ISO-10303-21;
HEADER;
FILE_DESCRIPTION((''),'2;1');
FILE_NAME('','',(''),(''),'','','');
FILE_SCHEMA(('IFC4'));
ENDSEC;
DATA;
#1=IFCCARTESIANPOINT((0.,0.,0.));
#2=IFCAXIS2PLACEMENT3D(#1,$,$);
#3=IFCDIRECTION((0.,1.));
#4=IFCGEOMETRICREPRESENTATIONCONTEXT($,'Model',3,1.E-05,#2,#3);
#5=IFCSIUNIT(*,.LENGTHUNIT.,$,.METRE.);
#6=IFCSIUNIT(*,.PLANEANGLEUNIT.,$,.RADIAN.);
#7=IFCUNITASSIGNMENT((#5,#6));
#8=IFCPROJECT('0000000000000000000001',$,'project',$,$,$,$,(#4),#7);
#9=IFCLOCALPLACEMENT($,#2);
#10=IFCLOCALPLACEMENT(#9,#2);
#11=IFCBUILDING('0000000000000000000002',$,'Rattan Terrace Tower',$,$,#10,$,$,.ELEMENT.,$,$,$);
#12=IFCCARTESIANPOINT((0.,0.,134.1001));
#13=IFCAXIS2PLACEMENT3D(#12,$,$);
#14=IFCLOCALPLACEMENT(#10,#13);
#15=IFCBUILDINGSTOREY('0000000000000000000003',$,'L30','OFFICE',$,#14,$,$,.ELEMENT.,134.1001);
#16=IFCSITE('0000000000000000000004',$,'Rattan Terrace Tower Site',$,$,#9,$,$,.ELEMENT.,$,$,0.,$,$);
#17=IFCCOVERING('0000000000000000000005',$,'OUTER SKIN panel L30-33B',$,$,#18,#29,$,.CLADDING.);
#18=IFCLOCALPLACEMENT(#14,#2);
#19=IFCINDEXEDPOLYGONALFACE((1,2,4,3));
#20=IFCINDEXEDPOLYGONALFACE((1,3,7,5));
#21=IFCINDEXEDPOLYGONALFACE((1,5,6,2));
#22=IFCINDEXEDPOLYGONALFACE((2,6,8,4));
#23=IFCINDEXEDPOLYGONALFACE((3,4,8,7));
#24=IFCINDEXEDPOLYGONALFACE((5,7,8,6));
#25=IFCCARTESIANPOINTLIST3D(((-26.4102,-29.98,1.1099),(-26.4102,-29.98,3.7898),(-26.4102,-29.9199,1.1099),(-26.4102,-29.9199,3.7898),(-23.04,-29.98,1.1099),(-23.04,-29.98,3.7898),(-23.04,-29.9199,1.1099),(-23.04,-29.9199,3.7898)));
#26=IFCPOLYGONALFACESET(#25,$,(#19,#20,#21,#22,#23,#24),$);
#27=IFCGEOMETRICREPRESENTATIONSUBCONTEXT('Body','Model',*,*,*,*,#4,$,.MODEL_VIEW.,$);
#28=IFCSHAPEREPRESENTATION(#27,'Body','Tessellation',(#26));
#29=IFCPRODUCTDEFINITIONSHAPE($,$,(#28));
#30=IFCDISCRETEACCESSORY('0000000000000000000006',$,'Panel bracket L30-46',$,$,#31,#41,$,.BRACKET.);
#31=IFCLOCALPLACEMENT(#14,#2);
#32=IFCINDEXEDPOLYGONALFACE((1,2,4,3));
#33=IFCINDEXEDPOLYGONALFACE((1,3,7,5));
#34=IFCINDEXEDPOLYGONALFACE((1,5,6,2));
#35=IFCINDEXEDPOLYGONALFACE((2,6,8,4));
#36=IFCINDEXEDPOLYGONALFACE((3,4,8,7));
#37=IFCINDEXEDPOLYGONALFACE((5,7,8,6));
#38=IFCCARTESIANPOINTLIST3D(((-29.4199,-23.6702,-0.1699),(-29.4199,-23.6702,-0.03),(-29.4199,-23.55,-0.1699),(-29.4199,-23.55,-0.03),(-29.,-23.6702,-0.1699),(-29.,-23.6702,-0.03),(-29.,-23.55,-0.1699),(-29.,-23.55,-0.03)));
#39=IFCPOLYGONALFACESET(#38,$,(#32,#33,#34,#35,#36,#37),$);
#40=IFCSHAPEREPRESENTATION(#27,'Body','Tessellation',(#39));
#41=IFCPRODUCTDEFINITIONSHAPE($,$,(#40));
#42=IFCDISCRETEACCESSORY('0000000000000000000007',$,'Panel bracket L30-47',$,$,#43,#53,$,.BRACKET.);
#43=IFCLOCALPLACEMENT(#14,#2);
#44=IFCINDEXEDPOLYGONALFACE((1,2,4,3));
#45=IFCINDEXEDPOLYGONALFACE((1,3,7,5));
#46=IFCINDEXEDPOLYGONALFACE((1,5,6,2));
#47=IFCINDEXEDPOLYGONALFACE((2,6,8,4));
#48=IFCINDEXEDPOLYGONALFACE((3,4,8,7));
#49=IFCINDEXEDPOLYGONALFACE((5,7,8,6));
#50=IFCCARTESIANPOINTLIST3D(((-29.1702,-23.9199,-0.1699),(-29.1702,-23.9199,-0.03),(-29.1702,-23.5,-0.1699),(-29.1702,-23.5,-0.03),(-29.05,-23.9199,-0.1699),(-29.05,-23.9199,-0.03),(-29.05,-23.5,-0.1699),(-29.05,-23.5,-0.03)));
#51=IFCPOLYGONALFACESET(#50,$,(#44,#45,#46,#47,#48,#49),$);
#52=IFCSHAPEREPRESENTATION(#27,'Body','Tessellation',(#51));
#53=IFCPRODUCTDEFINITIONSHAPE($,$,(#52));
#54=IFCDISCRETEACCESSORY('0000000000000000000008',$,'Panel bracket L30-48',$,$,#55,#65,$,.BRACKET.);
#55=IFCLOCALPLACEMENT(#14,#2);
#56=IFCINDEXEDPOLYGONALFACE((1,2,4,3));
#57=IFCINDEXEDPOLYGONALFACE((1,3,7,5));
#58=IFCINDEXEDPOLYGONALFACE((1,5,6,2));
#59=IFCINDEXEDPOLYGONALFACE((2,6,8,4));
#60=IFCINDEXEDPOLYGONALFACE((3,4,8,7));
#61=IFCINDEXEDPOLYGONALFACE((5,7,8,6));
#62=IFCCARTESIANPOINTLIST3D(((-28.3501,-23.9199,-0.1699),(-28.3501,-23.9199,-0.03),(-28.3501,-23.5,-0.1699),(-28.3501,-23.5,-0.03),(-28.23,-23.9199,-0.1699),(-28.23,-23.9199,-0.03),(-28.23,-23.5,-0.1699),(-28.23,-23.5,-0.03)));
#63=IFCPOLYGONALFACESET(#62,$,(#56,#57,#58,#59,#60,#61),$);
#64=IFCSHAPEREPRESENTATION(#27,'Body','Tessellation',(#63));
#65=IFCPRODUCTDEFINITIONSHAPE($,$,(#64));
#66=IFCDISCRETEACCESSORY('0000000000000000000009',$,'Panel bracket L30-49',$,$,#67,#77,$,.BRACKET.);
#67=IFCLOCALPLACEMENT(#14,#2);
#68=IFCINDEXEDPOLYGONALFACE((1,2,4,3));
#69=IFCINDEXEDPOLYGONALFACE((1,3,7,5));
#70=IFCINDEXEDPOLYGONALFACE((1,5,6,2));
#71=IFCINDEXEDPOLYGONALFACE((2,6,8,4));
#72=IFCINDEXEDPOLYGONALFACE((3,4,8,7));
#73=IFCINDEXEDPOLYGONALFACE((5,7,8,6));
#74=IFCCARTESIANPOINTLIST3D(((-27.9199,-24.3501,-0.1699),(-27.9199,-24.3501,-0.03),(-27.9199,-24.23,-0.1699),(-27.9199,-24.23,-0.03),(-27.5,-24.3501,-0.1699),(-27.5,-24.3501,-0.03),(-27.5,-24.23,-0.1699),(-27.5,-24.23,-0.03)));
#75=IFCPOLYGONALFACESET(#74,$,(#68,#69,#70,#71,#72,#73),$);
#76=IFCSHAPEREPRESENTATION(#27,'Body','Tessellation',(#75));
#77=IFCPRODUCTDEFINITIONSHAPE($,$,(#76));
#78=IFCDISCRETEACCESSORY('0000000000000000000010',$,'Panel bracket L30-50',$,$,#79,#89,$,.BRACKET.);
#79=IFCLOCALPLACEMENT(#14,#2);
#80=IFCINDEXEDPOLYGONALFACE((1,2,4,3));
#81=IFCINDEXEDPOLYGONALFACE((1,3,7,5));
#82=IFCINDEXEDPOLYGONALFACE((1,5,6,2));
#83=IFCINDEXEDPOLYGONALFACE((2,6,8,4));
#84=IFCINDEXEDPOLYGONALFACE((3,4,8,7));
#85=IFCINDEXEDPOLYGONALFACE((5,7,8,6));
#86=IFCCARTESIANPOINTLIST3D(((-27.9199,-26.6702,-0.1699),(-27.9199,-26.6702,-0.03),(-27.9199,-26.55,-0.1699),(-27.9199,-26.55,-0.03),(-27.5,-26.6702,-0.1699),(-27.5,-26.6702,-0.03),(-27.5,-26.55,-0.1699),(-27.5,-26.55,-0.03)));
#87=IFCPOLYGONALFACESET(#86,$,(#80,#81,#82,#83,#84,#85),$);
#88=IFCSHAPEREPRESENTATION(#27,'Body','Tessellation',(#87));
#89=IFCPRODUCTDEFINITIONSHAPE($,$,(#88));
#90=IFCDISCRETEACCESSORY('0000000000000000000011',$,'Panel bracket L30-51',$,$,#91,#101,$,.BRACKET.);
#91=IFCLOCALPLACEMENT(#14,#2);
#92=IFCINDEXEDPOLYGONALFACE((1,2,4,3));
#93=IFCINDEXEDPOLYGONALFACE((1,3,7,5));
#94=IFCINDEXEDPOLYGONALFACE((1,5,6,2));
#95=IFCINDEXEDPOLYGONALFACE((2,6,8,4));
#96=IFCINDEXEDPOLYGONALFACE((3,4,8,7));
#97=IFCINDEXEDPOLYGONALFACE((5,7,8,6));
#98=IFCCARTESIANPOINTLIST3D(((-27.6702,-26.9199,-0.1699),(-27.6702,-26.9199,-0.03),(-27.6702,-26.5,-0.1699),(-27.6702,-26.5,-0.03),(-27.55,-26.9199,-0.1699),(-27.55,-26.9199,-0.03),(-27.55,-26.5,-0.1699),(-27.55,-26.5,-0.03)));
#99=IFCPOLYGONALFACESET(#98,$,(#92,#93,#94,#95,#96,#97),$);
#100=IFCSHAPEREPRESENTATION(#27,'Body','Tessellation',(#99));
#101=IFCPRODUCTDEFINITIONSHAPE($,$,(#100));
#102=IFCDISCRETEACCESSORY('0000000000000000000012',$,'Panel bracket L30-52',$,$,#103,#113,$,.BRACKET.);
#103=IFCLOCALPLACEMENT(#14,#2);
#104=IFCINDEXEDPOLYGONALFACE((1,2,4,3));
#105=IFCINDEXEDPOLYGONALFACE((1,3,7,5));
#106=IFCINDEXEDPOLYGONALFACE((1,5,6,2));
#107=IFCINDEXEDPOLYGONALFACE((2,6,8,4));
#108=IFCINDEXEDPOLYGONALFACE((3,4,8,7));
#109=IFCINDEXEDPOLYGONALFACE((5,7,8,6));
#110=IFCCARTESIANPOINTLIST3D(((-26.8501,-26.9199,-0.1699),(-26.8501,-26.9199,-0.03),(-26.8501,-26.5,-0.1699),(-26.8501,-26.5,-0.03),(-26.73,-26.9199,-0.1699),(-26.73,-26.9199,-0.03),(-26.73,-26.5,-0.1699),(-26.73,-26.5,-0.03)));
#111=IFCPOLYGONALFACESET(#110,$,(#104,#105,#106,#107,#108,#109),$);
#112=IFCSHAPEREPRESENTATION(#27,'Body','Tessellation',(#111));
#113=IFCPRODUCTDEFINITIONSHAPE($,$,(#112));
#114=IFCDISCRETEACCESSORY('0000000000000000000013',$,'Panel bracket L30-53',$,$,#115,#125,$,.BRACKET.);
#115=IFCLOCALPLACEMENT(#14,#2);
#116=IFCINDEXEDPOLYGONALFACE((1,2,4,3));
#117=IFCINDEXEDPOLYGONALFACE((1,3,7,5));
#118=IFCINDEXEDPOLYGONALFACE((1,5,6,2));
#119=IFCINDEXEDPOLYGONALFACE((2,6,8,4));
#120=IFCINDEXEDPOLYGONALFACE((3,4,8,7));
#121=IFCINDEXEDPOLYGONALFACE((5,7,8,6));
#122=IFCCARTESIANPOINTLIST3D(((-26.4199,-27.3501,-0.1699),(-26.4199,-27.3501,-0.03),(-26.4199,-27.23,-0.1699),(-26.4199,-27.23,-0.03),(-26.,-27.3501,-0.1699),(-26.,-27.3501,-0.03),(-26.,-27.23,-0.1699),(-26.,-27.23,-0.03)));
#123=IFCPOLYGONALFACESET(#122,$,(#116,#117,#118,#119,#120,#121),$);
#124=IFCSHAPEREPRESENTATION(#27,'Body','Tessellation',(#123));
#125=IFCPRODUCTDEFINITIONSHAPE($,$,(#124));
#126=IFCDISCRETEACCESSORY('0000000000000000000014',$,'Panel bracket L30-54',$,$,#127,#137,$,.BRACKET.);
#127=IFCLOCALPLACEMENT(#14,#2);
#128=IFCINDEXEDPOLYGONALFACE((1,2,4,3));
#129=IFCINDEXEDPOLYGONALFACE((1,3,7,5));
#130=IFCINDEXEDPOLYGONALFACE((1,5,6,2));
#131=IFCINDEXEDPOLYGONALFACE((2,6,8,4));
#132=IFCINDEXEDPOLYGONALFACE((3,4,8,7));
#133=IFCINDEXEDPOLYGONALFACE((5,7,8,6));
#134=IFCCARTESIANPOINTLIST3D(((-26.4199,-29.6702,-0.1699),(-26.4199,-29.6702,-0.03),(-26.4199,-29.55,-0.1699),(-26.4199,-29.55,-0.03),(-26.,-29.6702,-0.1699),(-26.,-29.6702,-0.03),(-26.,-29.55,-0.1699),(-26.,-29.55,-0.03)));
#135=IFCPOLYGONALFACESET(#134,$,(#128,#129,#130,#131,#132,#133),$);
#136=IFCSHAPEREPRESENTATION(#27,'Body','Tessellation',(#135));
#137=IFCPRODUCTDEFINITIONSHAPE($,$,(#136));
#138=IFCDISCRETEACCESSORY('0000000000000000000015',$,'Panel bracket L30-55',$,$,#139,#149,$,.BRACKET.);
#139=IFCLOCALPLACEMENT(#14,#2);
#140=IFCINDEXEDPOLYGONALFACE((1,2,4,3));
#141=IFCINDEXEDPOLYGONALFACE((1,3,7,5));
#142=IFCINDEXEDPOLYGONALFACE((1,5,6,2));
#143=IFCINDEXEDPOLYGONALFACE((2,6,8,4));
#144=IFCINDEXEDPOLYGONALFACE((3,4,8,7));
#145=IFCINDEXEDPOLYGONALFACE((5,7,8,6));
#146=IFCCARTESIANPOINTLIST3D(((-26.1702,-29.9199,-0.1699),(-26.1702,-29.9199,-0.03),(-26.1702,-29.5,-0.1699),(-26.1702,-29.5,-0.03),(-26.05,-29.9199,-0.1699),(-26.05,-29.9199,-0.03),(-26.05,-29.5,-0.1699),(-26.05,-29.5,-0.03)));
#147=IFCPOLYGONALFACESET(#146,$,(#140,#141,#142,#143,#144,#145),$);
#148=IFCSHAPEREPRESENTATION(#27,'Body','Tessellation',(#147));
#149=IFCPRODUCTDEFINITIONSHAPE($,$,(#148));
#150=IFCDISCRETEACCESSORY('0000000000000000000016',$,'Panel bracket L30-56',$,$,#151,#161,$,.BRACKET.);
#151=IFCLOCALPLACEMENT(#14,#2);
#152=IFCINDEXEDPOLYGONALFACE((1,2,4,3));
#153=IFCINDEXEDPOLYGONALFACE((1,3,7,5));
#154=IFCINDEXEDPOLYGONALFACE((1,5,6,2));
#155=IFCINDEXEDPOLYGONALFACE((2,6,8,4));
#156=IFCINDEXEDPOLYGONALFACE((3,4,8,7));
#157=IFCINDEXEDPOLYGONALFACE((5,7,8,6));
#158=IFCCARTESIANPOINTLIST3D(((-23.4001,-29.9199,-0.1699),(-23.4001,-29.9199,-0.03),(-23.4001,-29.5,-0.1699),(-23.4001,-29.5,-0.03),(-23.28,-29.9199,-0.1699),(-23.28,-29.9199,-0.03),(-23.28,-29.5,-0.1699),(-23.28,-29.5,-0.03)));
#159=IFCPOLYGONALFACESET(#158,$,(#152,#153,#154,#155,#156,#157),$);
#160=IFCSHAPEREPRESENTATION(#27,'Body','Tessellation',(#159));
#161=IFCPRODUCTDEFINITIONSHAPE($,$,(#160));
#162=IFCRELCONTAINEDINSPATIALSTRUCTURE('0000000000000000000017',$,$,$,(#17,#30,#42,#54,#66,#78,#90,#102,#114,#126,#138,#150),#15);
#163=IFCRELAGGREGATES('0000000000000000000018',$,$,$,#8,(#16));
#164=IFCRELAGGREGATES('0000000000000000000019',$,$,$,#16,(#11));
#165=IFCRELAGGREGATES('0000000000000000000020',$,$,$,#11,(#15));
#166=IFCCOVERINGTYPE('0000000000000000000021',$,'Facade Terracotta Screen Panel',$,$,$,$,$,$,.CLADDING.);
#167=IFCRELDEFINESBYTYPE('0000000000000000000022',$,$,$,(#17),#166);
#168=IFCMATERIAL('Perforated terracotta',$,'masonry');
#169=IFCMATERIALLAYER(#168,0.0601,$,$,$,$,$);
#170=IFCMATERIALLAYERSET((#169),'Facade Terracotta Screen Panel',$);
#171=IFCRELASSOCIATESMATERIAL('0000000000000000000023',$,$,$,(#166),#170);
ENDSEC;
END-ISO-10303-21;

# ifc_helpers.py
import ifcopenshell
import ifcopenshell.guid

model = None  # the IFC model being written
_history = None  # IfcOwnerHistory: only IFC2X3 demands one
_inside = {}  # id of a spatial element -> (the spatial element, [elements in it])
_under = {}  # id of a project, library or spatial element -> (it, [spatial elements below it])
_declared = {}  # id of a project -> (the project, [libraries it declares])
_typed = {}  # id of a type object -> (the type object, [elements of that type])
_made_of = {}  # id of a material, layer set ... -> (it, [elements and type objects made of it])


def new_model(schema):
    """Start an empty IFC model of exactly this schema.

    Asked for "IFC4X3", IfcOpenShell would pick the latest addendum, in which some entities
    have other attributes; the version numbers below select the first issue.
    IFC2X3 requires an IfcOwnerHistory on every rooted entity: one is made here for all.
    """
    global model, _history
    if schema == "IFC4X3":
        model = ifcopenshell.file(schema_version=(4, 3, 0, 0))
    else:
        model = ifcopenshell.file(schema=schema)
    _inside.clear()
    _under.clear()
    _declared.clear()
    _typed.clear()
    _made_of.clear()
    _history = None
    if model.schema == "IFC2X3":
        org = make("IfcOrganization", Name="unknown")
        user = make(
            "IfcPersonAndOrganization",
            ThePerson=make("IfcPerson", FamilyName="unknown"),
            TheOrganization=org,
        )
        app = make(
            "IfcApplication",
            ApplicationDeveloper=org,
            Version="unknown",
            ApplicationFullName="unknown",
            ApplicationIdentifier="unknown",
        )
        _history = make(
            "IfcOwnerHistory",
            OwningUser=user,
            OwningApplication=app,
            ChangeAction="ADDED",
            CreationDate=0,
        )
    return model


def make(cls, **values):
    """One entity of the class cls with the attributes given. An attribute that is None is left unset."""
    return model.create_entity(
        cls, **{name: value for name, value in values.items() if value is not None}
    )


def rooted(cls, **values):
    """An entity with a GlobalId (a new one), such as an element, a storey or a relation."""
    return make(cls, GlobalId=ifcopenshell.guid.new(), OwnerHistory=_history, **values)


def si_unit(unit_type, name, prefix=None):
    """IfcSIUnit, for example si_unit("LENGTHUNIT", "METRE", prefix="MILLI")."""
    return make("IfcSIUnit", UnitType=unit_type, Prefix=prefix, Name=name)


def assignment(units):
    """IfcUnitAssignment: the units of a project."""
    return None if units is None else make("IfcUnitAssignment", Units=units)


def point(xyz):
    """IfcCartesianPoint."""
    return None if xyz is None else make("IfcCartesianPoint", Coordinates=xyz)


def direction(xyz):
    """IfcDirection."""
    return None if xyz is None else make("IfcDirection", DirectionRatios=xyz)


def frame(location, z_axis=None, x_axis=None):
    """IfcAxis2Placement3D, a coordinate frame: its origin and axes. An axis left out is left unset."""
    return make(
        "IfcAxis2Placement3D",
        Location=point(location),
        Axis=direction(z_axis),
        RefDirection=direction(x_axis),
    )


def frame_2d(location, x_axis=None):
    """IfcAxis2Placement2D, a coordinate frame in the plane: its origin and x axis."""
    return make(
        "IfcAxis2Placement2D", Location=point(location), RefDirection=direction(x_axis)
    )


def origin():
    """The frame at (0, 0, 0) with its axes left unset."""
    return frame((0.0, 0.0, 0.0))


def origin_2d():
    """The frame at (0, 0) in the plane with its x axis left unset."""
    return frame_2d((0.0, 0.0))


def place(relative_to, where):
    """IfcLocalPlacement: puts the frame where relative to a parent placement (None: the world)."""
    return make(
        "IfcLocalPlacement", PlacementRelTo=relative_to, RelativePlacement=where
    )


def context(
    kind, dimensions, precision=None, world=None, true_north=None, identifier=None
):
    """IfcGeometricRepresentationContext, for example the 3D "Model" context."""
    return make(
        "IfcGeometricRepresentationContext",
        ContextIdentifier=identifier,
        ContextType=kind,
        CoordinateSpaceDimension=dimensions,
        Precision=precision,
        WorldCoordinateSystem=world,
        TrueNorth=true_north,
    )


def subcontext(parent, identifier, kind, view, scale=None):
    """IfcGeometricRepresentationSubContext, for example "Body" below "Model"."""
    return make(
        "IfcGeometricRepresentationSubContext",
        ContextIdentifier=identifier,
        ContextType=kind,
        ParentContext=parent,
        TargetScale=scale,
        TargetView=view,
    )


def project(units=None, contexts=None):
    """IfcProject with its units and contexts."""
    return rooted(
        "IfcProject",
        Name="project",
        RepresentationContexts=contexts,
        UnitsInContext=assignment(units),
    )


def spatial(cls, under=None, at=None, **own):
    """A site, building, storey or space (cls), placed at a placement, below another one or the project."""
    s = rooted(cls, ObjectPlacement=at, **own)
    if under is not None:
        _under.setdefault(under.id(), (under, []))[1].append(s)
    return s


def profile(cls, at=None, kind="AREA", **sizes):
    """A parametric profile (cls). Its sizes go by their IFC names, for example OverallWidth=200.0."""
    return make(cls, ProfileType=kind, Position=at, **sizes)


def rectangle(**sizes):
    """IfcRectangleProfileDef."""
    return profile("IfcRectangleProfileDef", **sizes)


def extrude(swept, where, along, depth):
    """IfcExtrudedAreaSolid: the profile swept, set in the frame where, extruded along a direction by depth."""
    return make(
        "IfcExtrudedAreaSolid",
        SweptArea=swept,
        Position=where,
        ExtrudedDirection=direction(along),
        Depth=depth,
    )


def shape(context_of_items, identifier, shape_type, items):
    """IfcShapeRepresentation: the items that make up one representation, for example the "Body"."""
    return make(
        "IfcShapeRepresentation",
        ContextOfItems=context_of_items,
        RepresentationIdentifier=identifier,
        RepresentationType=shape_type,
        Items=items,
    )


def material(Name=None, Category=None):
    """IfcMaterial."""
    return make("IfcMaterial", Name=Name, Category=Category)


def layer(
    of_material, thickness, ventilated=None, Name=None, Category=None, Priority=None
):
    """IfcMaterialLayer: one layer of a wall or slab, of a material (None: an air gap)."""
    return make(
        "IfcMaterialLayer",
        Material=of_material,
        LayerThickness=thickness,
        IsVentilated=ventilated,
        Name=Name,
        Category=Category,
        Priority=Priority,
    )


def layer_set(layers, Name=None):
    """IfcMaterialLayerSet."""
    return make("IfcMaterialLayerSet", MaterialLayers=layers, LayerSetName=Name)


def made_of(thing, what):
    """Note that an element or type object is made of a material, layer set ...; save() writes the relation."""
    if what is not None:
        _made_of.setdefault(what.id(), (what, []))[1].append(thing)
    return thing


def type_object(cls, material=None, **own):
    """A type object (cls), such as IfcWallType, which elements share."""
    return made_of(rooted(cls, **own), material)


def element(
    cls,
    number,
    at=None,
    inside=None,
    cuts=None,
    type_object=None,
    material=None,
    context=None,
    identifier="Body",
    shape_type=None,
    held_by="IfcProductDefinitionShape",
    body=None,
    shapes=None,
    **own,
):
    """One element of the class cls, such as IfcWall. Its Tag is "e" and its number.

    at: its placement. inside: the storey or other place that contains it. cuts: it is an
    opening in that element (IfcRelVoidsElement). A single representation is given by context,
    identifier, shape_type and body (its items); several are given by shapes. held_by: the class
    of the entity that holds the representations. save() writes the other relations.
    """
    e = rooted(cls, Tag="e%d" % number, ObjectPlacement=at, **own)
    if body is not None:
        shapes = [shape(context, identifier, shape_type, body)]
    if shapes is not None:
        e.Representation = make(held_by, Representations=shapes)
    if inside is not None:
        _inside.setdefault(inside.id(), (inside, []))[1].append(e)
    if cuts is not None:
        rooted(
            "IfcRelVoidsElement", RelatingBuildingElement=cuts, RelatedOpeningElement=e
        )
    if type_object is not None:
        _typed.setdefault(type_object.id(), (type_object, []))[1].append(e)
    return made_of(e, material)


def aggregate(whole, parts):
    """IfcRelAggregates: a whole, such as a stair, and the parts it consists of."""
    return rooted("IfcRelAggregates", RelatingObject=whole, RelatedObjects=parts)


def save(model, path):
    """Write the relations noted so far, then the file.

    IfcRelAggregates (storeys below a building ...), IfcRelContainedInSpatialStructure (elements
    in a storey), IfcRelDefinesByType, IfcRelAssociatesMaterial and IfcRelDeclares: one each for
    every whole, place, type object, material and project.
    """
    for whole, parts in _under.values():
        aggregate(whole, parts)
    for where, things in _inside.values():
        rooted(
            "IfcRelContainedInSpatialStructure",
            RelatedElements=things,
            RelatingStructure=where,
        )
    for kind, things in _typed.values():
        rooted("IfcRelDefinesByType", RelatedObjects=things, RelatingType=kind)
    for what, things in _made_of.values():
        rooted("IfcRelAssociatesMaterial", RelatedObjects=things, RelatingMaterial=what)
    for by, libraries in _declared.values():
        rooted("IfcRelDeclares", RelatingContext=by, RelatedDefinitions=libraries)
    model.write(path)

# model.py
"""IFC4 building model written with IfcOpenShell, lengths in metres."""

from ifc_helpers import new_model, si_unit, direction, frame, origin, origin_2d, place, context, subcontext, project, spatial, rectangle, extrude, material, layer, layer_set, type_object, element, save


model = new_model("IFC4")

# Units and contexts
model_context = context("Model", 3, precision=1e-05, world=origin(), true_north=direction((0.0, 1.0)))
body_context = subcontext(model_context, "Body", "Model", "MODEL_VIEW")
ifc_project = project(units=[si_unit("LENGTHUNIT", "METRE"), si_unit("PLANEANGLEUNIT", "RADIAN")], contexts=[model_context])

# Site, building, storey
site_placement = place(None, origin())
site = spatial("IfcSite", under=ifc_project, at=site_placement, Name="Rattan Terrace Tower Site", CompositionType="ELEMENT", RefElevation=0.0)
building_placement = place(site_placement, origin())
building = spatial("IfcBuilding", under=site, at=building_placement, Name="Rattan Terrace Tower", CompositionType="ELEMENT")
storey_placement = place(building_placement, frame((0.0, 0.0, 134.1001)))
storey = spatial("IfcBuildingStorey", under=building, at=storey_placement, Name="L30", Description="OFFICE", CompositionType="ELEMENT", Elevation=134.1001)

# Covering
ifc_material_1 = material(Name="Perforated terracotta", Category="masonry")
ifc_layer_1 = layer(ifc_material_1, 0.0601)
ifc_layer_set_1 = layer_set([ifc_layer_1], Name="Facade Terracotta Screen Panel")
covering_type_1 = type_object("IfcCoveringType", Name="Facade Terracotta Screen Panel", PredefinedType="CLADDING", material=ifc_layer_set_1)
covering_1_placement = place(storey_placement, frame((-24.7251, -29.95, 1.1099), z_axis=(0.0, 0.0, 1.0), x_axis=(1.0, 0.0, 0.0)))
element("IfcCovering", 1, at=covering_1_placement, inside=storey, type_object=covering_type_1, Name="OUTER SKIN panel L30-33B", PredefinedType="CLADDING", context=body_context, shape_type="SweptSolid", body=[
    extrude(rectangle(XDim=3.3701, YDim=0.0601, at=origin_2d()), origin(), (0.0, 0.0, 1.0), 2.6799),
])

# Discrete accessories
for number, where, z_axis, x_axis, name in (
    (2, (-29.21, -23.6101, -0.1699), (0.0, 0.0, 1.0), (0.0, -1.0, 0.0), "Panel bracket L30-46"),
    (3, (-29.1101, -23.71, -0.1699), (0.0, 0.0, 1.0), (1.0, 0.0, 0.0), "Panel bracket L30-47"),
    (4, (-28.29, -23.71, -0.1699), (0.0, 0.0, 1.0), (1.0, 0.0, 0.0), "Panel bracket L30-48"),
    (5, (-27.71, -24.29, -0.1699), (0.0, 0.0, 1.0), (0.0, -1.0, 0.0), "Panel bracket L30-49"),
    (6, (-27.71, -26.6101, -0.1699), (0.0, 0.0, 1.0), (0.0, -1.0, 0.0), "Panel bracket L30-50"),
    (7, (-27.6101, -26.71, -0.1699), (0.0, 0.0, 1.0), (1.0, 0.0, 0.0), "Panel bracket L30-51"),
    (8, (-26.79, -26.71, -0.1699), (0.0, 0.0, 1.0), (1.0, 0.0, 0.0), "Panel bracket L30-52"),
    (9, (-26.21, -27.29, -0.1699), (0.0, 0.0, 1.0), (0.0, -1.0, 0.0), "Panel bracket L30-53"),
    (10, (-26.21, -29.6101, -0.1699), (0.0, 0.0, 1.0), (0.0, -1.0, 0.0), "Panel bracket L30-54"),
    (11, (-26.1101, -29.71, -0.1699), (0.0, 0.0, 1.0), (1.0, 0.0, 0.0), "Panel bracket L30-55"),
    (12, (-23.3401, -29.71, -0.1699), (0.0, 0.0, 1.0), (1.0, 0.0, 0.0), "Panel bracket L30-56"),
):
    element("IfcDiscreteAccessory", number, at=place(storey_placement, frame(where, z_axis=z_axis, x_axis=x_axis)), inside=storey, Name=name, PredefinedType="BRACKET", context=body_context, shape_type="SweptSolid", body=[
        extrude(rectangle(XDim=0.1201, YDim=0.4199, at=origin_2d()), origin(), (0.0, 0.0, 1.0), 0.1399),
    ])

save(model, "model.ifc")
